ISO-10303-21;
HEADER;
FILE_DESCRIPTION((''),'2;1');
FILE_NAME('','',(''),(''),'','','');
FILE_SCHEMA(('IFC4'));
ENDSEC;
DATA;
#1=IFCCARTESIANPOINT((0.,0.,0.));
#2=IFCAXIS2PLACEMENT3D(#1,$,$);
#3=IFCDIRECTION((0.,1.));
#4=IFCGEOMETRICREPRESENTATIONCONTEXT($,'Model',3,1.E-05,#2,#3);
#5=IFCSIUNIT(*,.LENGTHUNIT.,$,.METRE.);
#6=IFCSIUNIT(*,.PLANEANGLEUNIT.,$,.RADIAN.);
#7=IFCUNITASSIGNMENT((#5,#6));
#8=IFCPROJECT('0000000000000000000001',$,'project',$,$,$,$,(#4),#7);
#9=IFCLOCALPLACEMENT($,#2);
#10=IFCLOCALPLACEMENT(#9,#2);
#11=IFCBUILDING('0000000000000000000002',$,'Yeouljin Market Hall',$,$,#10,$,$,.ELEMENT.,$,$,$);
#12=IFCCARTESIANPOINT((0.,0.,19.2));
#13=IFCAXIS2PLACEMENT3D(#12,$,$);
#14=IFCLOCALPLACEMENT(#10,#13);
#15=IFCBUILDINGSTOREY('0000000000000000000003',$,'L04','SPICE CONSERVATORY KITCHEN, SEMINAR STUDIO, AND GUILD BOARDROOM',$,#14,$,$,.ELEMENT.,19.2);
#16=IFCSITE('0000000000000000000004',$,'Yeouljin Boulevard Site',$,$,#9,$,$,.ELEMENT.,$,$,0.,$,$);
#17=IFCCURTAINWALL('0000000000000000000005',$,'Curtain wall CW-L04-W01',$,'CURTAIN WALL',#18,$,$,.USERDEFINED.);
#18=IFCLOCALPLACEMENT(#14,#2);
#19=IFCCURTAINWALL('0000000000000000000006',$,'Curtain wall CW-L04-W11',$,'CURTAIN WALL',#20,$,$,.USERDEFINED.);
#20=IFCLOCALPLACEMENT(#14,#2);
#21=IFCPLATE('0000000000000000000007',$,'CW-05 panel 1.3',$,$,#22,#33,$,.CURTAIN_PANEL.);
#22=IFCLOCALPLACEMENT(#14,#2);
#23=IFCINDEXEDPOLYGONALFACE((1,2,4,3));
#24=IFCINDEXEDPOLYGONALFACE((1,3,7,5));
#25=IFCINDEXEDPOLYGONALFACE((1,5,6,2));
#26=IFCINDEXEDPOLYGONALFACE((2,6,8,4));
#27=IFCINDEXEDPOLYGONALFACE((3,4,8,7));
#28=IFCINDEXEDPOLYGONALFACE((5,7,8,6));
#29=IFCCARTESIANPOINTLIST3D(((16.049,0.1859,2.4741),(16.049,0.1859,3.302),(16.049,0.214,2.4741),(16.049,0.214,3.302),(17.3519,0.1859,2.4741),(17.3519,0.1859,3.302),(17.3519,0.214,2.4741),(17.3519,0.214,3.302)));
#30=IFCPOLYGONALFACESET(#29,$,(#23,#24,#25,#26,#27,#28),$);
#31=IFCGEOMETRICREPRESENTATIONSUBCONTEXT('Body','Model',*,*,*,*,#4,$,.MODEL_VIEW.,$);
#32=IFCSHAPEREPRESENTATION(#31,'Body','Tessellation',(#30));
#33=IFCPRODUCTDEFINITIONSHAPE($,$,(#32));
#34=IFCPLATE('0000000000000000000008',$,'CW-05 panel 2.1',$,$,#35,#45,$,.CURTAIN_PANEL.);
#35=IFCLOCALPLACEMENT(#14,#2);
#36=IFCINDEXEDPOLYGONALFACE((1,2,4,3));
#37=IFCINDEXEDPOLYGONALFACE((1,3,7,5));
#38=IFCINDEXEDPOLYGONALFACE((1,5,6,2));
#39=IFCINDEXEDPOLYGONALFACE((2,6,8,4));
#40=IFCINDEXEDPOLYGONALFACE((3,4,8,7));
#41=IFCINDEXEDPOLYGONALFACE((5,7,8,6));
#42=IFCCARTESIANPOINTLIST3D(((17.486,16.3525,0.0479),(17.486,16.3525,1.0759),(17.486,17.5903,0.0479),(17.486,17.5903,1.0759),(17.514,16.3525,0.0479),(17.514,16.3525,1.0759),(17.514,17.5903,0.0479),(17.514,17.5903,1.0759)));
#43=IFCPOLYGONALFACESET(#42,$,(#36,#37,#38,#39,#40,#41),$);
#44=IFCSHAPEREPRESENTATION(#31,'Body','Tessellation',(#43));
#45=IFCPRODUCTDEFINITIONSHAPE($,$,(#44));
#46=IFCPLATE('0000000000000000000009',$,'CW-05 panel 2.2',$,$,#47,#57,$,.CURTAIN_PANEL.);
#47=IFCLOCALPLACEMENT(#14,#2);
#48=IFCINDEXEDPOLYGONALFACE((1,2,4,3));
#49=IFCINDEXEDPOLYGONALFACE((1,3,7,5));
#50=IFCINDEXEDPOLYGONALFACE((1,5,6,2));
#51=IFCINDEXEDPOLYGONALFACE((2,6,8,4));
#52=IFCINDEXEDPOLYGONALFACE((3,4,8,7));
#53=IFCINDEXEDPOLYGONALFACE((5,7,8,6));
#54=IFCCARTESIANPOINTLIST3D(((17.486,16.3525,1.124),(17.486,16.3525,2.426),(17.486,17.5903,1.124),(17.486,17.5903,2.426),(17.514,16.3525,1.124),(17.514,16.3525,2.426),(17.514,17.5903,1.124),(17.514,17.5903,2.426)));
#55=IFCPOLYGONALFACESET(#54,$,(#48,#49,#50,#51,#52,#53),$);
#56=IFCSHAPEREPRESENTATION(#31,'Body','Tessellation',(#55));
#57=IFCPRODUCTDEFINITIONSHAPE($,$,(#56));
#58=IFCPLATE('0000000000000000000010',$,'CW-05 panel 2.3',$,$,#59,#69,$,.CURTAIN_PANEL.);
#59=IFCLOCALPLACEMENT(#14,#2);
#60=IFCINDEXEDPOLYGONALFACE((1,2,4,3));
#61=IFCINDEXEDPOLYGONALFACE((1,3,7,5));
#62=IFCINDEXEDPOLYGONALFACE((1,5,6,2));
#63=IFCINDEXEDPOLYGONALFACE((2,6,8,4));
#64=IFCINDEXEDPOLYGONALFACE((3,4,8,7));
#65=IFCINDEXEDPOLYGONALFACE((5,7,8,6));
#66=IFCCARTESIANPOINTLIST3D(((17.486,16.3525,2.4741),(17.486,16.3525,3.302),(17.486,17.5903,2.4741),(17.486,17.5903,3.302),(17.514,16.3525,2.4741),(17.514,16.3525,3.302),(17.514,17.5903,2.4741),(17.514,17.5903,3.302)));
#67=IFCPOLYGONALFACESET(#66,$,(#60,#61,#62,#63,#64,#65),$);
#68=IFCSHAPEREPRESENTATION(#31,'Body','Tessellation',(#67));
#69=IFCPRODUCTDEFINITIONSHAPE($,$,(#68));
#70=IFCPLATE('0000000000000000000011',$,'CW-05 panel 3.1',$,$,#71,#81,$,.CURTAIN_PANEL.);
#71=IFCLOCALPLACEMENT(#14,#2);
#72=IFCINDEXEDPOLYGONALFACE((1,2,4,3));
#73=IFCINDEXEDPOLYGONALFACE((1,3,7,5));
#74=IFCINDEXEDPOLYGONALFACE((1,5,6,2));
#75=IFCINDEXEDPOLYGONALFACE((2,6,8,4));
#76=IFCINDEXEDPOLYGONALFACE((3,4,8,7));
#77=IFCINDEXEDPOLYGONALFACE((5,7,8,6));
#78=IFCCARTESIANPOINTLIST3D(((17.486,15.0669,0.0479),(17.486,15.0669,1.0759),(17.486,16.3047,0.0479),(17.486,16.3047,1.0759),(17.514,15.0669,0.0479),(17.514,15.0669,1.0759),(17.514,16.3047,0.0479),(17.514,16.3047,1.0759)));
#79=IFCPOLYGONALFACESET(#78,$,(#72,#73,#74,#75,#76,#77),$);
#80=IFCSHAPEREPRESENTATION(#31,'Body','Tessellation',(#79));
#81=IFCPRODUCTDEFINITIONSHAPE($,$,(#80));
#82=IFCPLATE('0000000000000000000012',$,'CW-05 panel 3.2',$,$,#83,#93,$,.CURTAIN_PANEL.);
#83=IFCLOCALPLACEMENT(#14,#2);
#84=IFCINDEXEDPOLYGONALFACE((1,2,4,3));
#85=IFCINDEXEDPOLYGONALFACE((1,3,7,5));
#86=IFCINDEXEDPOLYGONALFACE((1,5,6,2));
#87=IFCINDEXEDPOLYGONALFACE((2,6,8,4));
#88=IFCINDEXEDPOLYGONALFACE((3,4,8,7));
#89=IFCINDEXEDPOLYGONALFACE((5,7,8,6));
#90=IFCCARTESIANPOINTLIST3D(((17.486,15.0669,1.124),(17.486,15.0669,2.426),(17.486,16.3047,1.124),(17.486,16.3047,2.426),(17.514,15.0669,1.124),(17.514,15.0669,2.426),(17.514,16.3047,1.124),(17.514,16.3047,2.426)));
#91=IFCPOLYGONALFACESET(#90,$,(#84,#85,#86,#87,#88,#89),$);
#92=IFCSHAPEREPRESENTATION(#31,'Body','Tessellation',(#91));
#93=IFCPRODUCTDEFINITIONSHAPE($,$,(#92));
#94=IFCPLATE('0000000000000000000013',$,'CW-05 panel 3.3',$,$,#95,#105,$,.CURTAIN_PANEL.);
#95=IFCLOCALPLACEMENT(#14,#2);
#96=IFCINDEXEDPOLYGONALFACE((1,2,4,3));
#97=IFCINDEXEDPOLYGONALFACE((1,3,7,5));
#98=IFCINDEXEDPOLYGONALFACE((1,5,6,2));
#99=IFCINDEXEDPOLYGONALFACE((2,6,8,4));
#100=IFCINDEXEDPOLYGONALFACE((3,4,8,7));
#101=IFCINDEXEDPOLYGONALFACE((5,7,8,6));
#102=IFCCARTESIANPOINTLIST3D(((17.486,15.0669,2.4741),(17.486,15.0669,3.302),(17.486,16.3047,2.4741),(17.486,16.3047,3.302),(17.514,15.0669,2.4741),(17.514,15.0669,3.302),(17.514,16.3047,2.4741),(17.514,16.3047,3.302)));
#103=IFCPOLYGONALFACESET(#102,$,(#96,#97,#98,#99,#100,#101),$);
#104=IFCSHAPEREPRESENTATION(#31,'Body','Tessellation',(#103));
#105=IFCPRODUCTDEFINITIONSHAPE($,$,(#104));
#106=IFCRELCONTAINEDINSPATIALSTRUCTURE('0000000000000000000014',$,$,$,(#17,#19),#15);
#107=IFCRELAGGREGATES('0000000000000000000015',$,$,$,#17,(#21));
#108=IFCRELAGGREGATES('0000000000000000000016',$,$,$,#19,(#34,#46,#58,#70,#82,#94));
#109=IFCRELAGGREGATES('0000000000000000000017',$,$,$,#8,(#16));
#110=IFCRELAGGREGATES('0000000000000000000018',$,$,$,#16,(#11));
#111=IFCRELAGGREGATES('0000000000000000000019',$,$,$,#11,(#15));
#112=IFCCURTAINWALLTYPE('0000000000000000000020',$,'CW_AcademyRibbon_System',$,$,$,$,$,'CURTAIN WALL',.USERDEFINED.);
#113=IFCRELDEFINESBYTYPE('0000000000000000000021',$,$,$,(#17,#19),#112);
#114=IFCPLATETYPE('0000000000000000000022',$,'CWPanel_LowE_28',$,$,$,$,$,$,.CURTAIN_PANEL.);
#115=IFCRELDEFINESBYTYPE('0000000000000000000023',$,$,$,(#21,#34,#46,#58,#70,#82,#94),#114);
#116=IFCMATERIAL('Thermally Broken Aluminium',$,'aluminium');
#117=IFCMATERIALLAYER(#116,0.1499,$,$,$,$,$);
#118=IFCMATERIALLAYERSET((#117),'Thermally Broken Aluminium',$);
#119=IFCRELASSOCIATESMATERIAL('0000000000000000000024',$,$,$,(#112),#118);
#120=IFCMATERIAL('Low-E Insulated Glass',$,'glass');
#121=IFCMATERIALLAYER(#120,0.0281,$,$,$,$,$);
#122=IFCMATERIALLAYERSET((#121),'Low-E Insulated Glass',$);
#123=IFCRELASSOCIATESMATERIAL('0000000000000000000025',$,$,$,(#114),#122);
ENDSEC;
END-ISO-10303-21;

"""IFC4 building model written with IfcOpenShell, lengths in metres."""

from ifc_helpers import new_model, si_unit, direction, frame, origin, origin_2d, place, context, subcontext, project, spatial, rectangle, extrude, material, layer, layer_set, type_object, element, aggregate, save


model = new_model("IFC4")

# Units and contexts
model_context = context("Model", 3, precision=1e-05, world=origin(), true_north=direction((0.0, 1.0)))
body_context = subcontext(model_context, "Body", "Model", "MODEL_VIEW")
ifc_project = project(units=[si_unit("LENGTHUNIT", "METRE"), si_unit("PLANEANGLEUNIT", "RADIAN")], contexts=[model_context])

# Site, building, storey
site_placement = place(None, origin())
site = spatial("IfcSite", under=ifc_project, at=site_placement, Name="Yeouljin Boulevard Site", CompositionType="ELEMENT", RefElevation=0.0)
building_placement = place(site_placement, origin())
building = spatial("IfcBuilding", under=site, at=building_placement, Name="Yeouljin Market Hall", CompositionType="ELEMENT")
storey_placement = place(building_placement, frame((0.0, 0.0, 19.2)))
storey = spatial("IfcBuildingStorey", under=building, at=storey_placement, Name="L04", Description="SPICE CONSERVATORY KITCHEN, SEMINAR STUDIO, AND GUILD BOARDROOM", CompositionType="ELEMENT", Elevation=19.2)

# Curtain walls
ifc_material_1 = material(Name="Thermally Broken Aluminium", Category="aluminium")
ifc_layer_1 = layer(ifc_material_1, 0.1499)
ifc_layer_set_1 = layer_set([ifc_layer_1], Name="Thermally Broken Aluminium")
curtain_wall_type = type_object("IfcCurtainWallType", Name="CW_AcademyRibbon_System", ElementType="CURTAIN WALL", PredefinedType="USERDEFINED", material=ifc_layer_set_1)
curtain_wall_1_placement = place(storey_placement, origin())
curtain_wall_1 = element("IfcCurtainWall", 1, at=curtain_wall_1_placement, inside=storey, type_object=curtain_wall_type, Name="Curtain wall CW-L04-W01", ObjectType="CURTAIN WALL", PredefinedType="USERDEFINED")
curtain_wall_2_placement = place(storey_placement, origin())
curtain_wall_2 = element("IfcCurtainWall", 2, at=curtain_wall_2_placement, inside=storey, type_object=curtain_wall_type, Name="Curtain wall CW-L04-W11", ObjectType="CURTAIN WALL", PredefinedType="USERDEFINED")

# Plates
ifc_material_2 = material(Name="Low-E Insulated Glass", Category="glass")
ifc_layer_2 = layer(ifc_material_2, 0.0281)
ifc_layer_set_2 = layer_set([ifc_layer_2], Name="Low-E Insulated Glass")
plate_type = type_object("IfcPlateType", Name="CWPanel_LowE_28", PredefinedType="CURTAIN_PANEL", material=ifc_layer_set_2)
plate_1_placement = place(storey_placement, frame((16.7004, 0.2, 2.4741), z_axis=(0.0, 0.0, 1.0), x_axis=(-1.0, 0.0, 0.0)))
plate_1 = element("IfcPlate", 3, at=plate_1_placement, type_object=plate_type, Name="CW-05 panel 1.3", PredefinedType="CURTAIN_PANEL", context=body_context, shape_type="SweptSolid", body=[
    extrude(rectangle(XDim=1.303, YDim=0.0281, at=origin_2d()), origin(), (0.0, 0.0, 1.0), 0.8279),
])
aggregate(curtain_wall_1, [plate_1])
plate_2_placement = place(storey_placement, frame((17.5, 16.9714, 0.0479), z_axis=(0.0, 0.0, 1.0), x_axis=(0.0, -1.0, 0.0)))
plate_2 = element("IfcPlate", 4, at=plate_2_placement, type_object=plate_type, Name="CW-05 panel 2.1", PredefinedType="CURTAIN_PANEL", context=body_context, shape_type="SweptSolid", body=[
    extrude(rectangle(XDim=1.2378, YDim=0.0281, at=origin_2d()), origin(), (0.0, 0.0, 1.0), 1.0281),
])
plate_3_placement = place(storey_placement, frame((17.5, 16.9714, 1.124), z_axis=(0.0, 0.0, 1.0), x_axis=(0.0, -1.0, 0.0)))
plate_3 = element("IfcPlate", 5, at=plate_3_placement, type_object=plate_type, Name="CW-05 panel 2.2", PredefinedType="CURTAIN_PANEL", context=body_context, shape_type="SweptSolid", body=[
    extrude(rectangle(XDim=1.2378, YDim=0.0281, at=origin_2d()), origin(), (0.0, 0.0, 1.0), 1.302),
])
plate_4_placement = place(storey_placement, frame((17.5, 16.9714, 2.4741), z_axis=(0.0, 0.0, 1.0), x_axis=(0.0, -1.0, 0.0)))
plate_4 = element("IfcPlate", 6, at=plate_4_placement, type_object=plate_type, Name="CW-05 panel 2.3", PredefinedType="CURTAIN_PANEL", context=body_context, shape_type="SweptSolid", body=[
    extrude(rectangle(XDim=1.2378, YDim=0.0281, at=origin_2d()), origin(), (0.0, 0.0, 1.0), 0.8279),
])
plate_5_placement = place(storey_placement, frame((17.5, 15.6858, 0.0479), z_axis=(0.0, 0.0, 1.0), x_axis=(0.0, -1.0, 0.0)))
plate_5 = element("IfcPlate", 7, at=plate_5_placement, type_object=plate_type, Name="CW-05 panel 3.1", PredefinedType="CURTAIN_PANEL", context=body_context, shape_type="SweptSolid", body=[
    extrude(rectangle(XDim=1.2378, YDim=0.0281, at=origin_2d()), origin(), (0.0, 0.0, 1.0), 1.0281),
])
plate_6_placement = place(storey_placement, frame((17.5, 15.6858, 1.124), z_axis=(0.0, 0.0, 1.0), x_axis=(0.0, -1.0, 0.0)))
plate_6 = element("IfcPlate", 8, at=plate_6_placement, type_object=plate_type, Name="CW-05 panel 3.2", PredefinedType="CURTAIN_PANEL", context=body_context, shape_type="SweptSolid", body=[
    extrude(rectangle(XDim=1.2378, YDim=0.0281, at=origin_2d()), origin(), (0.0, 0.0, 1.0), 1.302),
])
plate_7_placement = place(storey_placement, frame((17.5, 15.6858, 2.4741), z_axis=(0.0, 0.0, 1.0), x_axis=(0.0, -1.0, 0.0)))
plate_7 = element("IfcPlate", 9, at=plate_7_placement, type_object=plate_type, Name="CW-05 panel 3.3", PredefinedType="CURTAIN_PANEL", context=body_context, shape_type="SweptSolid", body=[
    extrude(rectangle(XDim=1.2378, YDim=0.0281, at=origin_2d()), origin(), (0.0, 0.0, 1.0), 0.8279),
])
aggregate(curtain_wall_2, [plate_2, plate_3, plate_4, plate_5, plate_6, plate_7])

save(model, "model.ifc")
